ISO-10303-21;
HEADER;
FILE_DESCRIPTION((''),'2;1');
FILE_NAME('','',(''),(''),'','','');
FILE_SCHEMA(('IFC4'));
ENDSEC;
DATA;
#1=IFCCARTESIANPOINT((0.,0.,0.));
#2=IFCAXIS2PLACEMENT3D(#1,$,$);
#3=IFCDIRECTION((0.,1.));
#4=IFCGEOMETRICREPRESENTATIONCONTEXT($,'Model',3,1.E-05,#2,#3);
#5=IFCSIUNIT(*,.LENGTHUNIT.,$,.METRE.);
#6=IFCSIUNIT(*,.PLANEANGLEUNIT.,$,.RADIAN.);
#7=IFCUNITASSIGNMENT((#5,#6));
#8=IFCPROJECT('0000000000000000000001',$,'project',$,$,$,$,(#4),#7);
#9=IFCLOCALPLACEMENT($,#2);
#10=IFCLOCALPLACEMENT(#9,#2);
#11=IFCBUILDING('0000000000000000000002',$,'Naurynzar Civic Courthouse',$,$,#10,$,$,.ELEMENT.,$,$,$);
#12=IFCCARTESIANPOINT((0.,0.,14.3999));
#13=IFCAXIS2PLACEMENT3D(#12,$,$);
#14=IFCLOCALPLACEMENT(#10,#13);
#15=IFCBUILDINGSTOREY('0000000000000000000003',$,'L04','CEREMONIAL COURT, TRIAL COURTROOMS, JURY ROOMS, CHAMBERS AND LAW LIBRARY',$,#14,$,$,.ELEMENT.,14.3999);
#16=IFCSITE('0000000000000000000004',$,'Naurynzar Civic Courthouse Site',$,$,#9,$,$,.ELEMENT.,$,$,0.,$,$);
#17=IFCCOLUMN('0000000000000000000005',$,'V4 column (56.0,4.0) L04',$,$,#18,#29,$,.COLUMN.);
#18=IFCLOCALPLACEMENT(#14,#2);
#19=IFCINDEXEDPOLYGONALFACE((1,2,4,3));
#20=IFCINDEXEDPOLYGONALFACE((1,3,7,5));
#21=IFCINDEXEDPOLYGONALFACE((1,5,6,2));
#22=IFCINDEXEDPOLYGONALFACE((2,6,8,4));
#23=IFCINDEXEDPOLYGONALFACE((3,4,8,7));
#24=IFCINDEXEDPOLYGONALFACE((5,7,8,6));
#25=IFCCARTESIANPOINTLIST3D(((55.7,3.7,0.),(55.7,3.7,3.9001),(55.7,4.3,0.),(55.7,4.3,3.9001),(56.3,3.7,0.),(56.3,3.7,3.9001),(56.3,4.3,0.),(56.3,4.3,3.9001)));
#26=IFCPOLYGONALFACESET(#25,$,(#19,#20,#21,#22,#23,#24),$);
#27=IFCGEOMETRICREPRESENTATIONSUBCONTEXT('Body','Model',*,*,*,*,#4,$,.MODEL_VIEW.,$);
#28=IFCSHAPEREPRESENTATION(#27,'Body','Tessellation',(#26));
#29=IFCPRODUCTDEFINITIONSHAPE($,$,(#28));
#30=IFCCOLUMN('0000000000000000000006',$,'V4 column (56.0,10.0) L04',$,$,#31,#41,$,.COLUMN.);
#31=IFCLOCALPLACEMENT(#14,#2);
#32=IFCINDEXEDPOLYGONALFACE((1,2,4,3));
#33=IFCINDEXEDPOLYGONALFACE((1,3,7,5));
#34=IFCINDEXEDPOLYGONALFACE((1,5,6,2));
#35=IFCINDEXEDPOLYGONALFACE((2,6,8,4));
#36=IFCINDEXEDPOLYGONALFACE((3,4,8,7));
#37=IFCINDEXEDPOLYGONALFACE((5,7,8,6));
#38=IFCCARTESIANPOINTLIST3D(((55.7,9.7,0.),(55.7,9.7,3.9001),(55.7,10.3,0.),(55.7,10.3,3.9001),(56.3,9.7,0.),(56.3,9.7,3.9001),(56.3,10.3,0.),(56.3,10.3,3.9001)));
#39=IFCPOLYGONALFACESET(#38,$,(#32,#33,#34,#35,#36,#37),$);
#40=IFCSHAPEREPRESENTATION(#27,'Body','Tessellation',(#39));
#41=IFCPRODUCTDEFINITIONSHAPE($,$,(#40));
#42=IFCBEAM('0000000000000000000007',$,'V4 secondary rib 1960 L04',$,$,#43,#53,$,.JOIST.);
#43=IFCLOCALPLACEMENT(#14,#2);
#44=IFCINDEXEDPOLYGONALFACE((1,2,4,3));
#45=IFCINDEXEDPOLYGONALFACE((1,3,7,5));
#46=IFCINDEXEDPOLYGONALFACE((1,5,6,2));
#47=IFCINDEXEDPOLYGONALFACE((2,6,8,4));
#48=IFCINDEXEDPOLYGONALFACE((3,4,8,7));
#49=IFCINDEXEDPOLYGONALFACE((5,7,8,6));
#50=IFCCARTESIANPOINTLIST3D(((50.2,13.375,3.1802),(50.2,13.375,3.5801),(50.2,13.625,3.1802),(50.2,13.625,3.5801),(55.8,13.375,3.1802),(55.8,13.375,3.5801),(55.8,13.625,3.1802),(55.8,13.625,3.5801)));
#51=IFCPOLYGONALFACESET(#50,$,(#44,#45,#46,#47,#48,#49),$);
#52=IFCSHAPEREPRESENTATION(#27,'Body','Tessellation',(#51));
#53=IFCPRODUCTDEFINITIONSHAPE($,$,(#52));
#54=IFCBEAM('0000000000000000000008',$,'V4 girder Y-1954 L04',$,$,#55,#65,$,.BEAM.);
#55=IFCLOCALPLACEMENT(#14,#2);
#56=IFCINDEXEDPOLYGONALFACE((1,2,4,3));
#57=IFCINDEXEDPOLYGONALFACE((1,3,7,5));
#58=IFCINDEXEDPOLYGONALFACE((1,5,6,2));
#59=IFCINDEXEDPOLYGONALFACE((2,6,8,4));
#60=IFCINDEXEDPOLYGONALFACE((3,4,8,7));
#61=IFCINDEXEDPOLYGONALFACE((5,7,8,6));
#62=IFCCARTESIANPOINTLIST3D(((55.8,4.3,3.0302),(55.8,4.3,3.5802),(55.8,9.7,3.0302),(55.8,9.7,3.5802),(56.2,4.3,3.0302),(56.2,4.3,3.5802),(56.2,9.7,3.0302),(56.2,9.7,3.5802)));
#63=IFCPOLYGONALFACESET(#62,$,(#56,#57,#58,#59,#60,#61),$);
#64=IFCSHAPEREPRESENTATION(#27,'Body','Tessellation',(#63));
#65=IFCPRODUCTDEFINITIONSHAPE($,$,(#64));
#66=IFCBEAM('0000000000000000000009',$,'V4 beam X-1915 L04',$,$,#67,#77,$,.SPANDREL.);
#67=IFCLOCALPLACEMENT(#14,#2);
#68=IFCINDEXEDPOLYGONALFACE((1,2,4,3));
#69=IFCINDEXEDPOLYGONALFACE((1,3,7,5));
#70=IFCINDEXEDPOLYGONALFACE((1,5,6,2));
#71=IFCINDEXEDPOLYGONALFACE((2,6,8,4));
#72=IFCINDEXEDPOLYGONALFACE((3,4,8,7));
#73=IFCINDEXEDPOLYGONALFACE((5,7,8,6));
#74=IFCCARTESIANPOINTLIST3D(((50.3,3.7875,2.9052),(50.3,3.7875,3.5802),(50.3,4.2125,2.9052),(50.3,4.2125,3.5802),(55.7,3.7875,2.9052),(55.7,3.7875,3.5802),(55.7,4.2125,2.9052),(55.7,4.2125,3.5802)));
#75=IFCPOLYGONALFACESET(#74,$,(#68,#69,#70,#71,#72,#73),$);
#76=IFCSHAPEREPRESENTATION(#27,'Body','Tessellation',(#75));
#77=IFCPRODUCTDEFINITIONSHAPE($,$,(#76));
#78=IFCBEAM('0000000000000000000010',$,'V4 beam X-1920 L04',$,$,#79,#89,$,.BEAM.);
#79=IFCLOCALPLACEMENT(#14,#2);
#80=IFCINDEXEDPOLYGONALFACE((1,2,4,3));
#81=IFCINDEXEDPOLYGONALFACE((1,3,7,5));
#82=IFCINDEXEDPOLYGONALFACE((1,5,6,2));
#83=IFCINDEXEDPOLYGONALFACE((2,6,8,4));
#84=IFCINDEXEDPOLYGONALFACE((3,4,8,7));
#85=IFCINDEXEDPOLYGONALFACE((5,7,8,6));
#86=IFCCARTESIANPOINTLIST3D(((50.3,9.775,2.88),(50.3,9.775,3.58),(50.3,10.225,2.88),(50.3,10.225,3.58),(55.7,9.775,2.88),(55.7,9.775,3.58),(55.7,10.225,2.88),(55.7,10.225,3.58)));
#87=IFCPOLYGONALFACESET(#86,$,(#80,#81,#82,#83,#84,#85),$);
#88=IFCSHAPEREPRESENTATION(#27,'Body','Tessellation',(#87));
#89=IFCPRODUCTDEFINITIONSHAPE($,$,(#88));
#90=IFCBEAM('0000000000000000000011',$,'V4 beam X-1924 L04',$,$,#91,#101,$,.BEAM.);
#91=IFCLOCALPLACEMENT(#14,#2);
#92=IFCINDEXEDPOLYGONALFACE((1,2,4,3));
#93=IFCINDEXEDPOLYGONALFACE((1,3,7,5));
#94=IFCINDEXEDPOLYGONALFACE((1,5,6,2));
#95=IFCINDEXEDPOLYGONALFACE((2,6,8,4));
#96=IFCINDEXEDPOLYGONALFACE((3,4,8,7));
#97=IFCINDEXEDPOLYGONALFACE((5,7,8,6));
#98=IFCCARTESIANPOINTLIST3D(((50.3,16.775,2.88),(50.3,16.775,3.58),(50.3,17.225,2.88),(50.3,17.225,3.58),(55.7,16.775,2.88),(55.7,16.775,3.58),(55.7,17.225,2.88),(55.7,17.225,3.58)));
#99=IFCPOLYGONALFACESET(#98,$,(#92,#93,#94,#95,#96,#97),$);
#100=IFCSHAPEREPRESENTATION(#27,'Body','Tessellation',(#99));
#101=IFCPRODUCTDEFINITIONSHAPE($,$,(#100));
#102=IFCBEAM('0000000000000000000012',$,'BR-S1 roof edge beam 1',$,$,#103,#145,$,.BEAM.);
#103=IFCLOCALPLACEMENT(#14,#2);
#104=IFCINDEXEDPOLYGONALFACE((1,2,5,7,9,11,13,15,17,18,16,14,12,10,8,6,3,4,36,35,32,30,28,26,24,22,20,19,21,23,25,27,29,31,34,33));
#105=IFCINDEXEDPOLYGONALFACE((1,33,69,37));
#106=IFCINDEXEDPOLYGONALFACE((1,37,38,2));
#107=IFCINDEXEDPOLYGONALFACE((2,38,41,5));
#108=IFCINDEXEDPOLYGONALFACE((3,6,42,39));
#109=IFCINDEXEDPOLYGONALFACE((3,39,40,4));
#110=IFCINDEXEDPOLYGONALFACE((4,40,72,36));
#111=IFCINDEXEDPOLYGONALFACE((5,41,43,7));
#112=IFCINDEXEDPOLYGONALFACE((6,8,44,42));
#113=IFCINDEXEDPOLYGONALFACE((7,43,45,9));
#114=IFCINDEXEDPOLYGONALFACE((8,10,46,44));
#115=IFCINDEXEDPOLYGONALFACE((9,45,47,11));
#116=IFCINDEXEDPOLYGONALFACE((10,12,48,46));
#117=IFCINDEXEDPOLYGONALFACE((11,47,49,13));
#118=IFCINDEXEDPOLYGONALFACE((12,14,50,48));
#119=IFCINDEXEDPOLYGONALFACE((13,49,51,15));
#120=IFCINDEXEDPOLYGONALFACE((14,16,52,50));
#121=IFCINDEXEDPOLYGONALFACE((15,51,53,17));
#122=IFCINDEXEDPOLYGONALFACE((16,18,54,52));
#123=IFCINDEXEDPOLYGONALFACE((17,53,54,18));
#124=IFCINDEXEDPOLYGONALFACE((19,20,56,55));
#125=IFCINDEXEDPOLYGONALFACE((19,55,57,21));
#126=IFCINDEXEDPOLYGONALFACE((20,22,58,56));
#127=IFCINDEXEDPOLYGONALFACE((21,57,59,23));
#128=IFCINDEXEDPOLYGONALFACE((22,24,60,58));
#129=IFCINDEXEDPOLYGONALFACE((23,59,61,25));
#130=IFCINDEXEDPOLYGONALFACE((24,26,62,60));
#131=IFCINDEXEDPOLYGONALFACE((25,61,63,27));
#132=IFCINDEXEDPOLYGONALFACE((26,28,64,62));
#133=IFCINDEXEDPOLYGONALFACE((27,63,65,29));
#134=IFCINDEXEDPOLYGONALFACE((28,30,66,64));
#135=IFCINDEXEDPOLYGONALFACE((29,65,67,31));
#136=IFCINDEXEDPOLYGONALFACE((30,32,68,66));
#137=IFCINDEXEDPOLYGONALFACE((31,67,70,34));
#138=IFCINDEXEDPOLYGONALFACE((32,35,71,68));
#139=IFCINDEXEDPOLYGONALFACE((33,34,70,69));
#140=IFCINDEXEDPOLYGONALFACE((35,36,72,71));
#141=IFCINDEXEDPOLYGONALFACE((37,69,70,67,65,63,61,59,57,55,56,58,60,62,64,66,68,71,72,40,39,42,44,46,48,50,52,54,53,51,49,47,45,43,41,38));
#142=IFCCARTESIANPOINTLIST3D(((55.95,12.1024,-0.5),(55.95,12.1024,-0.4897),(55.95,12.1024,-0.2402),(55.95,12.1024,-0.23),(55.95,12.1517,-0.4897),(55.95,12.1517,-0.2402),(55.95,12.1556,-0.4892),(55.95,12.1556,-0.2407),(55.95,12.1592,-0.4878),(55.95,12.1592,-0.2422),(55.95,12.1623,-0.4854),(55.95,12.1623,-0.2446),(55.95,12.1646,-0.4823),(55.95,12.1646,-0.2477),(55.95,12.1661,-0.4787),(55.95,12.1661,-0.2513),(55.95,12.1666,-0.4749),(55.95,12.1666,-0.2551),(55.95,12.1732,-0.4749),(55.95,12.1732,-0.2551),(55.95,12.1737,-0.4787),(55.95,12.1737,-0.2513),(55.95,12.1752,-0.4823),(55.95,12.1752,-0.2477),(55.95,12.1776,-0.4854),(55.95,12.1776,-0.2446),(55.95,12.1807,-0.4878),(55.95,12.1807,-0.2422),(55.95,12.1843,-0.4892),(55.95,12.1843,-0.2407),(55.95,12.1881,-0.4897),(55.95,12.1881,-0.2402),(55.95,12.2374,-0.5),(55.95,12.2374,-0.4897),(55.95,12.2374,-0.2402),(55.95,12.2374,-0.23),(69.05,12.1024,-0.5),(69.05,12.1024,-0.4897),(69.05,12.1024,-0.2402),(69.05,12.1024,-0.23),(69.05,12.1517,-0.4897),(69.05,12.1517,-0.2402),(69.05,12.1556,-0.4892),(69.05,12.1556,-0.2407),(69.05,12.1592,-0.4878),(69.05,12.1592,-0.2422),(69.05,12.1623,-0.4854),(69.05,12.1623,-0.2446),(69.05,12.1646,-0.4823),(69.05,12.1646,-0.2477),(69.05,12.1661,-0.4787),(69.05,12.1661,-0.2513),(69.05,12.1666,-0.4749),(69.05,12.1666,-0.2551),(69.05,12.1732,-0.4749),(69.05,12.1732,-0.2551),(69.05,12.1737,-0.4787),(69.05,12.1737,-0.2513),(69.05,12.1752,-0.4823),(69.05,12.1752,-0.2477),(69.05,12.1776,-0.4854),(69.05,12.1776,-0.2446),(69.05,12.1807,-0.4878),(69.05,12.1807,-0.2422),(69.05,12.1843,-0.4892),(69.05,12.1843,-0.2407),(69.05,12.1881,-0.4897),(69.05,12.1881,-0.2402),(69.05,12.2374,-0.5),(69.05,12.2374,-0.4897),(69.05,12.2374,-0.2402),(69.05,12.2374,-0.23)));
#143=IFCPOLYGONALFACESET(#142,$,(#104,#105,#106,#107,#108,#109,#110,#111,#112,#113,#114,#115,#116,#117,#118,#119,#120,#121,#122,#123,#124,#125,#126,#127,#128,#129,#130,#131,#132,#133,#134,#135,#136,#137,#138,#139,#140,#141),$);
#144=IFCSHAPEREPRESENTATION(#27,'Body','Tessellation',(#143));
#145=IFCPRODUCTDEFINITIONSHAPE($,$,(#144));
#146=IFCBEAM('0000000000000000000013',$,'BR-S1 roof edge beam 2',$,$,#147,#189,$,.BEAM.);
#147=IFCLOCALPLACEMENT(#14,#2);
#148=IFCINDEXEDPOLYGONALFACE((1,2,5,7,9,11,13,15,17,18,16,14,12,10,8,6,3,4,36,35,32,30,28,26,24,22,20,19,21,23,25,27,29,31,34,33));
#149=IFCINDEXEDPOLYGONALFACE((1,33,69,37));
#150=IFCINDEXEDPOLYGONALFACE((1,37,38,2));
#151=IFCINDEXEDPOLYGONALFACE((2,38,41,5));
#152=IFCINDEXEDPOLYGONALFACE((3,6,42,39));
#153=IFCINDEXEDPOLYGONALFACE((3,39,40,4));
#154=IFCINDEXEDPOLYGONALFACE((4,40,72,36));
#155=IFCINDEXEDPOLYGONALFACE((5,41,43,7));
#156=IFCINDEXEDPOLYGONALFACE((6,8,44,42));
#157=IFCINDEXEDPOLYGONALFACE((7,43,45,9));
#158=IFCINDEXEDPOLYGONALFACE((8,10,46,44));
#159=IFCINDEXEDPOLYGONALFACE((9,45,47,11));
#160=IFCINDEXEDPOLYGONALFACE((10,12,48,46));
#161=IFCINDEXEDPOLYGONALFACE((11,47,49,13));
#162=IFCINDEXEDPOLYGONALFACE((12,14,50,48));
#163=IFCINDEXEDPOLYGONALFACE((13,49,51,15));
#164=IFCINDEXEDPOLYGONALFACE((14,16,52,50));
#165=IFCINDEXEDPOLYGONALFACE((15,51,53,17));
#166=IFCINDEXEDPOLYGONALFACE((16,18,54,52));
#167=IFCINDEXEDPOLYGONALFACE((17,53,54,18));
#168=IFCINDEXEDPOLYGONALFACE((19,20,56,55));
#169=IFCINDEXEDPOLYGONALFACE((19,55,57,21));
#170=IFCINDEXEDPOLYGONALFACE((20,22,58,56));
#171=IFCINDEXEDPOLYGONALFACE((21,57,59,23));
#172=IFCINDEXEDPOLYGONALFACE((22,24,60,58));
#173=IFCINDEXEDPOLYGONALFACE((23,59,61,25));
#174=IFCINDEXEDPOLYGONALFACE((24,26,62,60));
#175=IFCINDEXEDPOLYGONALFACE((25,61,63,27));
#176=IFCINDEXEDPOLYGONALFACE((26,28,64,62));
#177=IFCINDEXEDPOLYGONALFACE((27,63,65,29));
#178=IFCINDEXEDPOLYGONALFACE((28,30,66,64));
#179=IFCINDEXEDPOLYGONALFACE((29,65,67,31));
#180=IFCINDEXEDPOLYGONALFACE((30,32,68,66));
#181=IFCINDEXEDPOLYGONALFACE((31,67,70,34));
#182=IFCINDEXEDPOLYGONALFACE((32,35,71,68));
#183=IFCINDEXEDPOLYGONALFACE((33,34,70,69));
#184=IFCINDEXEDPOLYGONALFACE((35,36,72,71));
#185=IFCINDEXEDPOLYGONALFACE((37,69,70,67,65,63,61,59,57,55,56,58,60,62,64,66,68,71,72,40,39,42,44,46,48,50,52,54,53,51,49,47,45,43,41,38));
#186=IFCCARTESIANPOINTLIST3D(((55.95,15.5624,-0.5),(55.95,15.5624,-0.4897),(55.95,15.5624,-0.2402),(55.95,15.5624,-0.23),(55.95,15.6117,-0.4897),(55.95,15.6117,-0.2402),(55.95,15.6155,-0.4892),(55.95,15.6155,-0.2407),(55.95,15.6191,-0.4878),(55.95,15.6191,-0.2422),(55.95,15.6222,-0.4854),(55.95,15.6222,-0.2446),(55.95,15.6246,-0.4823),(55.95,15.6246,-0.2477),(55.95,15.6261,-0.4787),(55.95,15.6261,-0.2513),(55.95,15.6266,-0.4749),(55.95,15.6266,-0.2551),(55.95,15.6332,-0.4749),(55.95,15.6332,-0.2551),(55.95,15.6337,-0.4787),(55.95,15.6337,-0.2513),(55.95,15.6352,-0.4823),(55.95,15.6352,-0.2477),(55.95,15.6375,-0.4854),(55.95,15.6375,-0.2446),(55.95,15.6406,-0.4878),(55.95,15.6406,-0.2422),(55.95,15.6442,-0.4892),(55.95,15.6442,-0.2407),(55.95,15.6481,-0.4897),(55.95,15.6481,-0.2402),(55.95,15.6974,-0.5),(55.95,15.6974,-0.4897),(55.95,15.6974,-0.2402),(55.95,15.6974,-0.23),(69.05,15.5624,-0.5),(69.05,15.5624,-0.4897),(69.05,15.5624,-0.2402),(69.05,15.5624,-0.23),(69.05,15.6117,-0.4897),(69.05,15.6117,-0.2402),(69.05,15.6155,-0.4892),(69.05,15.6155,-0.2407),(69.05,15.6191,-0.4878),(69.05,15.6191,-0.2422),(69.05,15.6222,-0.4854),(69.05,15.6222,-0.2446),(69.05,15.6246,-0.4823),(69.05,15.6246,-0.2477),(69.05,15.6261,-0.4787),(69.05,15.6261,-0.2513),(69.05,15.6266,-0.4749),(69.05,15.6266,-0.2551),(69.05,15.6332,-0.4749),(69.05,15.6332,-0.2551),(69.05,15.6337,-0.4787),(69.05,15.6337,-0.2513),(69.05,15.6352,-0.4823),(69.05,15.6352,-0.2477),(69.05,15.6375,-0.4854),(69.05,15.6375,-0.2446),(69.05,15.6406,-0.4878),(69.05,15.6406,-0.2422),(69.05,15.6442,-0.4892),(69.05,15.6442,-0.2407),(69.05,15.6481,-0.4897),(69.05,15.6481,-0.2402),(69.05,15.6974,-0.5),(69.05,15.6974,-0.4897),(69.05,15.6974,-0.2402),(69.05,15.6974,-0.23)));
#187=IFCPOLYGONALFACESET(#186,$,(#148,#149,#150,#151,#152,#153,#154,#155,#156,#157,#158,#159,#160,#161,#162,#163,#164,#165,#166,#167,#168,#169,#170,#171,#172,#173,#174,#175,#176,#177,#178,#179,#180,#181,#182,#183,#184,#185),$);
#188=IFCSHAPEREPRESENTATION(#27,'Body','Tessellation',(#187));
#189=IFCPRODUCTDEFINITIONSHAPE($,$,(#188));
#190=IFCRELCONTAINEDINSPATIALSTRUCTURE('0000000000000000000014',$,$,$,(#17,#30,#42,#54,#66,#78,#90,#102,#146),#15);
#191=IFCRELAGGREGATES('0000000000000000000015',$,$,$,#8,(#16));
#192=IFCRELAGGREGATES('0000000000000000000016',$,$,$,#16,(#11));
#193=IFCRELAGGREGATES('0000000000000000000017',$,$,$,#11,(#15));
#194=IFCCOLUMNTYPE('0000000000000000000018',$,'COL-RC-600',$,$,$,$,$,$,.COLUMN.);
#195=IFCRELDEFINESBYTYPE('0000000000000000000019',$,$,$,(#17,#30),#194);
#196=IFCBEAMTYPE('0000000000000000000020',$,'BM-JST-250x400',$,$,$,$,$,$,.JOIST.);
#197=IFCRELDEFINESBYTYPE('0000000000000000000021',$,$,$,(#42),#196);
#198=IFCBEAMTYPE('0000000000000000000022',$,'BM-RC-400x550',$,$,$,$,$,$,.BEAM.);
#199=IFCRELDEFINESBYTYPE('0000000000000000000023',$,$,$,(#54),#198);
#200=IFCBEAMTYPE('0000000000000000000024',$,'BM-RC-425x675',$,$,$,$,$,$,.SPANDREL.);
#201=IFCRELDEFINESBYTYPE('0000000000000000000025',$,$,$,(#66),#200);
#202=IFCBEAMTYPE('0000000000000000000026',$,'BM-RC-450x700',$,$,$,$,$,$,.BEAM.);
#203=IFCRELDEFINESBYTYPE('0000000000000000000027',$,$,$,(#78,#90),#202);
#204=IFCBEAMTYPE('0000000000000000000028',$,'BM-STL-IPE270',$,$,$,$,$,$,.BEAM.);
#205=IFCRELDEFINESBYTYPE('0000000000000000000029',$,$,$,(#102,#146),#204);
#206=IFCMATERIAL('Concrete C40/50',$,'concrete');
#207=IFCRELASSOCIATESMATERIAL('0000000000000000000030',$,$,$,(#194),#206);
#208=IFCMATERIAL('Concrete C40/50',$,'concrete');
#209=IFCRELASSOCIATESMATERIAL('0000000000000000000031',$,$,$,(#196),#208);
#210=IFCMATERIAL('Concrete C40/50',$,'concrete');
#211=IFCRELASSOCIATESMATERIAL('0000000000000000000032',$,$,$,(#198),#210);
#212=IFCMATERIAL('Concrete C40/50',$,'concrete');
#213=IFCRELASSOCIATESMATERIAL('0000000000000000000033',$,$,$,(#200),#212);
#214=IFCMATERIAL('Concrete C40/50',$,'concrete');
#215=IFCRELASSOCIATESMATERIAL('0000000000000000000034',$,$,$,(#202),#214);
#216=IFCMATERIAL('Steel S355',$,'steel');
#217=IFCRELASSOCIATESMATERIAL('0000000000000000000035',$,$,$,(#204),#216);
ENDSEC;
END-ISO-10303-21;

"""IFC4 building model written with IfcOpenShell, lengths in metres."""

from ifc_helpers import new_model, si_unit, direction, frame, origin, origin_2d, place, context, subcontext, project, spatial, rectangle, i_section, extrude, material, material_profile, profile_set, type_object, element, save


model = new_model("IFC4")

# Units and contexts
model_context = context("Model", 3, precision=1e-05, world=origin(), true_north=direction((0.0, 1.0)))
body_context = subcontext(model_context, "Body", "Model", "MODEL_VIEW")
ifc_project = project(units=[si_unit("LENGTHUNIT", "METRE"), si_unit("PLANEANGLEUNIT", "RADIAN")], contexts=[model_context])

# Site, building, storey
site_placement = place(None, origin())
site = spatial("IfcSite", under=ifc_project, at=site_placement, Name="Naurynzar Civic Courthouse Site", CompositionType="ELEMENT", RefElevation=0.0)
building_placement = place(site_placement, origin())
building = spatial("IfcBuilding", under=site, at=building_placement, Name="Naurynzar Civic Courthouse", CompositionType="ELEMENT")
storey_placement = place(building_placement, frame((0.0, 0.0, 14.3999)))
storey = spatial("IfcBuildingStorey", under=building, at=storey_placement, Name="L04", Description="CEREMONIAL COURT, TRIAL COURTROOMS, JURY ROOMS, CHAMBERS AND LAW LIBRARY", CompositionType="ELEMENT", Elevation=14.3999)

# Columns
ifc_material_1 = material(Name="Concrete C40/50", Category="concrete")
ifc_material_profile_1 = material_profile(ifc_material_1, rectangle(XDim=0.6001, YDim=0.6001, at=origin_2d()), Name="RC 600x600")
ifc_profile_set_1 = profile_set([ifc_material_profile_1], Name="Concrete C40/50")
column_type = type_object("IfcColumnType", Name="COL-RC-600", PredefinedType="COLUMN", material=ifc_profile_set_1)
for number, where, z_axis, x_axis, name in (
    (1, (56.0, 4.0, 0.0), (0.0, 0.0, 1.0), (1.0, 0.0, 0.0), "V4 column (56.0,4.0) L04"),
    (2, (56.0, 10.0, 0.0), (0.0, 0.0, 1.0), (1.0, 0.0, 0.0), "V4 column (56.0,10.0) L04"),
):
    element("IfcColumn", number, at=place(storey_placement, frame(where, z_axis=z_axis, x_axis=x_axis)), inside=storey, type_object=column_type, Name=name, PredefinedType="COLUMN", context=body_context, shape_type="SweptSolid", body=[
        extrude(rectangle(XDim=0.6001, YDim=0.6001, at=origin_2d()), origin(), (0.0, 0.0, 1.0), 3.9001),
    ])

# Beams
ifc_material_2 = material(Name="Concrete C40/50", Category="concrete")
ifc_material_profile_2 = material_profile(ifc_material_2, rectangle(XDim=0.25, YDim=0.3999, at=origin_2d()), Name="RCB 250x400")
ifc_profile_set_2 = profile_set([ifc_material_profile_2], Name="Concrete C40/50")
beam_type_1 = type_object("IfcBeamType", Name="BM-JST-250x400", PredefinedType="JOIST", material=ifc_profile_set_2)
beam_1_placement = place(storey_placement, frame((50.2, 13.5, 3.3801), z_axis=(1.0, 0.0, 0.0), x_axis=(0.0, 1.0, 0.0)))
element("IfcBeam", 3, at=beam_1_placement, inside=storey, type_object=beam_type_1, Name="V4 secondary rib 1960 L04", PredefinedType="JOIST", context=body_context, shape_type="SweptSolid", body=[
    extrude(rectangle(XDim=0.25, YDim=0.3999, at=origin_2d()), origin(), (0.0, 0.0, 1.0), 5.6001),
])
ifc_material_3 = material(Name="Concrete C40/50", Category="concrete")
ifc_material_profile_3 = material_profile(ifc_material_3, rectangle(XDim=0.3999, YDim=0.55, at=origin_2d()), Name="RCB 400x550")
ifc_profile_set_3 = profile_set([ifc_material_profile_3], Name="Concrete C40/50")
beam_type_2 = type_object("IfcBeamType", Name="BM-RC-400x550", PredefinedType="BEAM", material=ifc_profile_set_3)
beam_2_placement = place(storey_placement, frame((56.0, 4.3, 3.3052), z_axis=(0.0, 1.0, 0.0), x_axis=(-1.0, 0.0, 0.0)))
element("IfcBeam", 4, at=beam_2_placement, inside=storey, type_object=beam_type_2, Name="V4 girder Y-1954 L04", PredefinedType="BEAM", context=body_context, shape_type="SweptSolid", body=[
    extrude(rectangle(XDim=0.3999, YDim=0.55, at=origin_2d()), origin(), (0.0, 0.0, 1.0), 5.3999),
])
ifc_material_4 = material(Name="Concrete C40/50", Category="concrete")
ifc_material_profile_4 = material_profile(ifc_material_4, rectangle(XDim=0.425, YDim=0.675, at=origin_2d()), Name="RCB 425x675")
ifc_profile_set_4 = profile_set([ifc_material_profile_4], Name="Concrete C40/50")
beam_type_3 = type_object("IfcBeamType", Name="BM-RC-425x675", PredefinedType="SPANDREL", material=ifc_profile_set_4)
beam_3_placement = place(storey_placement, frame((50.3, 4.0, 3.2427), z_axis=(1.0, 0.0, 0.0), x_axis=(0.0, 1.0, 0.0)))
element("IfcBeam", 5, at=beam_3_placement, inside=storey, type_object=beam_type_3, Name="V4 beam X-1915 L04", PredefinedType="SPANDREL", context=body_context, shape_type="SweptSolid", body=[
    extrude(rectangle(XDim=0.425, YDim=0.675, at=origin_2d()), origin(), (0.0, 0.0, 1.0), 5.3999),
])
ifc_material_5 = material(Name="Concrete C40/50", Category="concrete")
ifc_material_profile_5 = material_profile(ifc_material_5, rectangle(XDim=0.45, YDim=0.7, at=origin_2d()), Name="RCB 450x700")
ifc_profile_set_5 = profile_set([ifc_material_profile_5], Name="Concrete C40/50")
beam_type_4 = type_object("IfcBeamType", Name="BM-RC-450x700", PredefinedType="BEAM", material=ifc_profile_set_5)
for number, where, z_axis, x_axis, name in (
    (6, (50.3, 10.0, 3.23), (1.0, 0.0, 0.0), (0.0, 1.0, 0.0), "V4 beam X-1920 L04"),
    (7, (50.3, 17.0, 3.23), (1.0, 0.0, 0.0), (0.0, 1.0, 0.0), "V4 beam X-1924 L04"),
):
    element("IfcBeam", number, at=place(storey_placement, frame(where, z_axis=z_axis, x_axis=x_axis)), inside=storey, type_object=beam_type_4, Name=name, PredefinedType="BEAM", context=body_context, shape_type="SweptSolid", body=[
        extrude(rectangle(XDim=0.45, YDim=0.7, at=origin_2d()), origin(), (0.0, 0.0, 1.0), 5.3999),
    ])
ifc_material_6 = material(Name="Steel S355", Category="steel")
ifc_material_profile_6 = material_profile(ifc_material_6, i_section(OverallWidth=0.135, OverallDepth=0.27, WebThickness=0.0066, FlangeThickness=0.0103, FilletRadius=0.0149, at=origin_2d()), Name="IPE 270")
ifc_profile_set_6 = profile_set([ifc_material_profile_6], Name="Steel S355")
beam_type_5 = type_object("IfcBeamType", Name="BM-STL-IPE270", PredefinedType="BEAM", material=ifc_profile_set_6)
for number, where, z_axis, x_axis, name in (
    (8, (55.95, 12.1699, -0.365), (1.0, 0.0, 0.0), (0.0, 1.0, 0.0), "BR-S1 roof edge beam 1"),
    (9, (55.95, 15.6299, -0.365), (1.0, 0.0, 0.0), (0.0, 1.0, 0.0), "BR-S1 roof edge beam 2"),
):
    element("IfcBeam", number, at=place(storey_placement, frame(where, z_axis=z_axis, x_axis=x_axis)), inside=storey, type_object=beam_type_5, Name=name, PredefinedType="BEAM", context=body_context, shape_type="SweptSolid", body=[
        extrude(i_section(OverallWidth=0.135, OverallDepth=0.27, WebThickness=0.0066, FlangeThickness=0.0103, FilletRadius=0.0149, at=origin_2d()), origin(), (0.0, 0.0, 1.0), 13.1001),
    ])

save(model, "model.ifc")
